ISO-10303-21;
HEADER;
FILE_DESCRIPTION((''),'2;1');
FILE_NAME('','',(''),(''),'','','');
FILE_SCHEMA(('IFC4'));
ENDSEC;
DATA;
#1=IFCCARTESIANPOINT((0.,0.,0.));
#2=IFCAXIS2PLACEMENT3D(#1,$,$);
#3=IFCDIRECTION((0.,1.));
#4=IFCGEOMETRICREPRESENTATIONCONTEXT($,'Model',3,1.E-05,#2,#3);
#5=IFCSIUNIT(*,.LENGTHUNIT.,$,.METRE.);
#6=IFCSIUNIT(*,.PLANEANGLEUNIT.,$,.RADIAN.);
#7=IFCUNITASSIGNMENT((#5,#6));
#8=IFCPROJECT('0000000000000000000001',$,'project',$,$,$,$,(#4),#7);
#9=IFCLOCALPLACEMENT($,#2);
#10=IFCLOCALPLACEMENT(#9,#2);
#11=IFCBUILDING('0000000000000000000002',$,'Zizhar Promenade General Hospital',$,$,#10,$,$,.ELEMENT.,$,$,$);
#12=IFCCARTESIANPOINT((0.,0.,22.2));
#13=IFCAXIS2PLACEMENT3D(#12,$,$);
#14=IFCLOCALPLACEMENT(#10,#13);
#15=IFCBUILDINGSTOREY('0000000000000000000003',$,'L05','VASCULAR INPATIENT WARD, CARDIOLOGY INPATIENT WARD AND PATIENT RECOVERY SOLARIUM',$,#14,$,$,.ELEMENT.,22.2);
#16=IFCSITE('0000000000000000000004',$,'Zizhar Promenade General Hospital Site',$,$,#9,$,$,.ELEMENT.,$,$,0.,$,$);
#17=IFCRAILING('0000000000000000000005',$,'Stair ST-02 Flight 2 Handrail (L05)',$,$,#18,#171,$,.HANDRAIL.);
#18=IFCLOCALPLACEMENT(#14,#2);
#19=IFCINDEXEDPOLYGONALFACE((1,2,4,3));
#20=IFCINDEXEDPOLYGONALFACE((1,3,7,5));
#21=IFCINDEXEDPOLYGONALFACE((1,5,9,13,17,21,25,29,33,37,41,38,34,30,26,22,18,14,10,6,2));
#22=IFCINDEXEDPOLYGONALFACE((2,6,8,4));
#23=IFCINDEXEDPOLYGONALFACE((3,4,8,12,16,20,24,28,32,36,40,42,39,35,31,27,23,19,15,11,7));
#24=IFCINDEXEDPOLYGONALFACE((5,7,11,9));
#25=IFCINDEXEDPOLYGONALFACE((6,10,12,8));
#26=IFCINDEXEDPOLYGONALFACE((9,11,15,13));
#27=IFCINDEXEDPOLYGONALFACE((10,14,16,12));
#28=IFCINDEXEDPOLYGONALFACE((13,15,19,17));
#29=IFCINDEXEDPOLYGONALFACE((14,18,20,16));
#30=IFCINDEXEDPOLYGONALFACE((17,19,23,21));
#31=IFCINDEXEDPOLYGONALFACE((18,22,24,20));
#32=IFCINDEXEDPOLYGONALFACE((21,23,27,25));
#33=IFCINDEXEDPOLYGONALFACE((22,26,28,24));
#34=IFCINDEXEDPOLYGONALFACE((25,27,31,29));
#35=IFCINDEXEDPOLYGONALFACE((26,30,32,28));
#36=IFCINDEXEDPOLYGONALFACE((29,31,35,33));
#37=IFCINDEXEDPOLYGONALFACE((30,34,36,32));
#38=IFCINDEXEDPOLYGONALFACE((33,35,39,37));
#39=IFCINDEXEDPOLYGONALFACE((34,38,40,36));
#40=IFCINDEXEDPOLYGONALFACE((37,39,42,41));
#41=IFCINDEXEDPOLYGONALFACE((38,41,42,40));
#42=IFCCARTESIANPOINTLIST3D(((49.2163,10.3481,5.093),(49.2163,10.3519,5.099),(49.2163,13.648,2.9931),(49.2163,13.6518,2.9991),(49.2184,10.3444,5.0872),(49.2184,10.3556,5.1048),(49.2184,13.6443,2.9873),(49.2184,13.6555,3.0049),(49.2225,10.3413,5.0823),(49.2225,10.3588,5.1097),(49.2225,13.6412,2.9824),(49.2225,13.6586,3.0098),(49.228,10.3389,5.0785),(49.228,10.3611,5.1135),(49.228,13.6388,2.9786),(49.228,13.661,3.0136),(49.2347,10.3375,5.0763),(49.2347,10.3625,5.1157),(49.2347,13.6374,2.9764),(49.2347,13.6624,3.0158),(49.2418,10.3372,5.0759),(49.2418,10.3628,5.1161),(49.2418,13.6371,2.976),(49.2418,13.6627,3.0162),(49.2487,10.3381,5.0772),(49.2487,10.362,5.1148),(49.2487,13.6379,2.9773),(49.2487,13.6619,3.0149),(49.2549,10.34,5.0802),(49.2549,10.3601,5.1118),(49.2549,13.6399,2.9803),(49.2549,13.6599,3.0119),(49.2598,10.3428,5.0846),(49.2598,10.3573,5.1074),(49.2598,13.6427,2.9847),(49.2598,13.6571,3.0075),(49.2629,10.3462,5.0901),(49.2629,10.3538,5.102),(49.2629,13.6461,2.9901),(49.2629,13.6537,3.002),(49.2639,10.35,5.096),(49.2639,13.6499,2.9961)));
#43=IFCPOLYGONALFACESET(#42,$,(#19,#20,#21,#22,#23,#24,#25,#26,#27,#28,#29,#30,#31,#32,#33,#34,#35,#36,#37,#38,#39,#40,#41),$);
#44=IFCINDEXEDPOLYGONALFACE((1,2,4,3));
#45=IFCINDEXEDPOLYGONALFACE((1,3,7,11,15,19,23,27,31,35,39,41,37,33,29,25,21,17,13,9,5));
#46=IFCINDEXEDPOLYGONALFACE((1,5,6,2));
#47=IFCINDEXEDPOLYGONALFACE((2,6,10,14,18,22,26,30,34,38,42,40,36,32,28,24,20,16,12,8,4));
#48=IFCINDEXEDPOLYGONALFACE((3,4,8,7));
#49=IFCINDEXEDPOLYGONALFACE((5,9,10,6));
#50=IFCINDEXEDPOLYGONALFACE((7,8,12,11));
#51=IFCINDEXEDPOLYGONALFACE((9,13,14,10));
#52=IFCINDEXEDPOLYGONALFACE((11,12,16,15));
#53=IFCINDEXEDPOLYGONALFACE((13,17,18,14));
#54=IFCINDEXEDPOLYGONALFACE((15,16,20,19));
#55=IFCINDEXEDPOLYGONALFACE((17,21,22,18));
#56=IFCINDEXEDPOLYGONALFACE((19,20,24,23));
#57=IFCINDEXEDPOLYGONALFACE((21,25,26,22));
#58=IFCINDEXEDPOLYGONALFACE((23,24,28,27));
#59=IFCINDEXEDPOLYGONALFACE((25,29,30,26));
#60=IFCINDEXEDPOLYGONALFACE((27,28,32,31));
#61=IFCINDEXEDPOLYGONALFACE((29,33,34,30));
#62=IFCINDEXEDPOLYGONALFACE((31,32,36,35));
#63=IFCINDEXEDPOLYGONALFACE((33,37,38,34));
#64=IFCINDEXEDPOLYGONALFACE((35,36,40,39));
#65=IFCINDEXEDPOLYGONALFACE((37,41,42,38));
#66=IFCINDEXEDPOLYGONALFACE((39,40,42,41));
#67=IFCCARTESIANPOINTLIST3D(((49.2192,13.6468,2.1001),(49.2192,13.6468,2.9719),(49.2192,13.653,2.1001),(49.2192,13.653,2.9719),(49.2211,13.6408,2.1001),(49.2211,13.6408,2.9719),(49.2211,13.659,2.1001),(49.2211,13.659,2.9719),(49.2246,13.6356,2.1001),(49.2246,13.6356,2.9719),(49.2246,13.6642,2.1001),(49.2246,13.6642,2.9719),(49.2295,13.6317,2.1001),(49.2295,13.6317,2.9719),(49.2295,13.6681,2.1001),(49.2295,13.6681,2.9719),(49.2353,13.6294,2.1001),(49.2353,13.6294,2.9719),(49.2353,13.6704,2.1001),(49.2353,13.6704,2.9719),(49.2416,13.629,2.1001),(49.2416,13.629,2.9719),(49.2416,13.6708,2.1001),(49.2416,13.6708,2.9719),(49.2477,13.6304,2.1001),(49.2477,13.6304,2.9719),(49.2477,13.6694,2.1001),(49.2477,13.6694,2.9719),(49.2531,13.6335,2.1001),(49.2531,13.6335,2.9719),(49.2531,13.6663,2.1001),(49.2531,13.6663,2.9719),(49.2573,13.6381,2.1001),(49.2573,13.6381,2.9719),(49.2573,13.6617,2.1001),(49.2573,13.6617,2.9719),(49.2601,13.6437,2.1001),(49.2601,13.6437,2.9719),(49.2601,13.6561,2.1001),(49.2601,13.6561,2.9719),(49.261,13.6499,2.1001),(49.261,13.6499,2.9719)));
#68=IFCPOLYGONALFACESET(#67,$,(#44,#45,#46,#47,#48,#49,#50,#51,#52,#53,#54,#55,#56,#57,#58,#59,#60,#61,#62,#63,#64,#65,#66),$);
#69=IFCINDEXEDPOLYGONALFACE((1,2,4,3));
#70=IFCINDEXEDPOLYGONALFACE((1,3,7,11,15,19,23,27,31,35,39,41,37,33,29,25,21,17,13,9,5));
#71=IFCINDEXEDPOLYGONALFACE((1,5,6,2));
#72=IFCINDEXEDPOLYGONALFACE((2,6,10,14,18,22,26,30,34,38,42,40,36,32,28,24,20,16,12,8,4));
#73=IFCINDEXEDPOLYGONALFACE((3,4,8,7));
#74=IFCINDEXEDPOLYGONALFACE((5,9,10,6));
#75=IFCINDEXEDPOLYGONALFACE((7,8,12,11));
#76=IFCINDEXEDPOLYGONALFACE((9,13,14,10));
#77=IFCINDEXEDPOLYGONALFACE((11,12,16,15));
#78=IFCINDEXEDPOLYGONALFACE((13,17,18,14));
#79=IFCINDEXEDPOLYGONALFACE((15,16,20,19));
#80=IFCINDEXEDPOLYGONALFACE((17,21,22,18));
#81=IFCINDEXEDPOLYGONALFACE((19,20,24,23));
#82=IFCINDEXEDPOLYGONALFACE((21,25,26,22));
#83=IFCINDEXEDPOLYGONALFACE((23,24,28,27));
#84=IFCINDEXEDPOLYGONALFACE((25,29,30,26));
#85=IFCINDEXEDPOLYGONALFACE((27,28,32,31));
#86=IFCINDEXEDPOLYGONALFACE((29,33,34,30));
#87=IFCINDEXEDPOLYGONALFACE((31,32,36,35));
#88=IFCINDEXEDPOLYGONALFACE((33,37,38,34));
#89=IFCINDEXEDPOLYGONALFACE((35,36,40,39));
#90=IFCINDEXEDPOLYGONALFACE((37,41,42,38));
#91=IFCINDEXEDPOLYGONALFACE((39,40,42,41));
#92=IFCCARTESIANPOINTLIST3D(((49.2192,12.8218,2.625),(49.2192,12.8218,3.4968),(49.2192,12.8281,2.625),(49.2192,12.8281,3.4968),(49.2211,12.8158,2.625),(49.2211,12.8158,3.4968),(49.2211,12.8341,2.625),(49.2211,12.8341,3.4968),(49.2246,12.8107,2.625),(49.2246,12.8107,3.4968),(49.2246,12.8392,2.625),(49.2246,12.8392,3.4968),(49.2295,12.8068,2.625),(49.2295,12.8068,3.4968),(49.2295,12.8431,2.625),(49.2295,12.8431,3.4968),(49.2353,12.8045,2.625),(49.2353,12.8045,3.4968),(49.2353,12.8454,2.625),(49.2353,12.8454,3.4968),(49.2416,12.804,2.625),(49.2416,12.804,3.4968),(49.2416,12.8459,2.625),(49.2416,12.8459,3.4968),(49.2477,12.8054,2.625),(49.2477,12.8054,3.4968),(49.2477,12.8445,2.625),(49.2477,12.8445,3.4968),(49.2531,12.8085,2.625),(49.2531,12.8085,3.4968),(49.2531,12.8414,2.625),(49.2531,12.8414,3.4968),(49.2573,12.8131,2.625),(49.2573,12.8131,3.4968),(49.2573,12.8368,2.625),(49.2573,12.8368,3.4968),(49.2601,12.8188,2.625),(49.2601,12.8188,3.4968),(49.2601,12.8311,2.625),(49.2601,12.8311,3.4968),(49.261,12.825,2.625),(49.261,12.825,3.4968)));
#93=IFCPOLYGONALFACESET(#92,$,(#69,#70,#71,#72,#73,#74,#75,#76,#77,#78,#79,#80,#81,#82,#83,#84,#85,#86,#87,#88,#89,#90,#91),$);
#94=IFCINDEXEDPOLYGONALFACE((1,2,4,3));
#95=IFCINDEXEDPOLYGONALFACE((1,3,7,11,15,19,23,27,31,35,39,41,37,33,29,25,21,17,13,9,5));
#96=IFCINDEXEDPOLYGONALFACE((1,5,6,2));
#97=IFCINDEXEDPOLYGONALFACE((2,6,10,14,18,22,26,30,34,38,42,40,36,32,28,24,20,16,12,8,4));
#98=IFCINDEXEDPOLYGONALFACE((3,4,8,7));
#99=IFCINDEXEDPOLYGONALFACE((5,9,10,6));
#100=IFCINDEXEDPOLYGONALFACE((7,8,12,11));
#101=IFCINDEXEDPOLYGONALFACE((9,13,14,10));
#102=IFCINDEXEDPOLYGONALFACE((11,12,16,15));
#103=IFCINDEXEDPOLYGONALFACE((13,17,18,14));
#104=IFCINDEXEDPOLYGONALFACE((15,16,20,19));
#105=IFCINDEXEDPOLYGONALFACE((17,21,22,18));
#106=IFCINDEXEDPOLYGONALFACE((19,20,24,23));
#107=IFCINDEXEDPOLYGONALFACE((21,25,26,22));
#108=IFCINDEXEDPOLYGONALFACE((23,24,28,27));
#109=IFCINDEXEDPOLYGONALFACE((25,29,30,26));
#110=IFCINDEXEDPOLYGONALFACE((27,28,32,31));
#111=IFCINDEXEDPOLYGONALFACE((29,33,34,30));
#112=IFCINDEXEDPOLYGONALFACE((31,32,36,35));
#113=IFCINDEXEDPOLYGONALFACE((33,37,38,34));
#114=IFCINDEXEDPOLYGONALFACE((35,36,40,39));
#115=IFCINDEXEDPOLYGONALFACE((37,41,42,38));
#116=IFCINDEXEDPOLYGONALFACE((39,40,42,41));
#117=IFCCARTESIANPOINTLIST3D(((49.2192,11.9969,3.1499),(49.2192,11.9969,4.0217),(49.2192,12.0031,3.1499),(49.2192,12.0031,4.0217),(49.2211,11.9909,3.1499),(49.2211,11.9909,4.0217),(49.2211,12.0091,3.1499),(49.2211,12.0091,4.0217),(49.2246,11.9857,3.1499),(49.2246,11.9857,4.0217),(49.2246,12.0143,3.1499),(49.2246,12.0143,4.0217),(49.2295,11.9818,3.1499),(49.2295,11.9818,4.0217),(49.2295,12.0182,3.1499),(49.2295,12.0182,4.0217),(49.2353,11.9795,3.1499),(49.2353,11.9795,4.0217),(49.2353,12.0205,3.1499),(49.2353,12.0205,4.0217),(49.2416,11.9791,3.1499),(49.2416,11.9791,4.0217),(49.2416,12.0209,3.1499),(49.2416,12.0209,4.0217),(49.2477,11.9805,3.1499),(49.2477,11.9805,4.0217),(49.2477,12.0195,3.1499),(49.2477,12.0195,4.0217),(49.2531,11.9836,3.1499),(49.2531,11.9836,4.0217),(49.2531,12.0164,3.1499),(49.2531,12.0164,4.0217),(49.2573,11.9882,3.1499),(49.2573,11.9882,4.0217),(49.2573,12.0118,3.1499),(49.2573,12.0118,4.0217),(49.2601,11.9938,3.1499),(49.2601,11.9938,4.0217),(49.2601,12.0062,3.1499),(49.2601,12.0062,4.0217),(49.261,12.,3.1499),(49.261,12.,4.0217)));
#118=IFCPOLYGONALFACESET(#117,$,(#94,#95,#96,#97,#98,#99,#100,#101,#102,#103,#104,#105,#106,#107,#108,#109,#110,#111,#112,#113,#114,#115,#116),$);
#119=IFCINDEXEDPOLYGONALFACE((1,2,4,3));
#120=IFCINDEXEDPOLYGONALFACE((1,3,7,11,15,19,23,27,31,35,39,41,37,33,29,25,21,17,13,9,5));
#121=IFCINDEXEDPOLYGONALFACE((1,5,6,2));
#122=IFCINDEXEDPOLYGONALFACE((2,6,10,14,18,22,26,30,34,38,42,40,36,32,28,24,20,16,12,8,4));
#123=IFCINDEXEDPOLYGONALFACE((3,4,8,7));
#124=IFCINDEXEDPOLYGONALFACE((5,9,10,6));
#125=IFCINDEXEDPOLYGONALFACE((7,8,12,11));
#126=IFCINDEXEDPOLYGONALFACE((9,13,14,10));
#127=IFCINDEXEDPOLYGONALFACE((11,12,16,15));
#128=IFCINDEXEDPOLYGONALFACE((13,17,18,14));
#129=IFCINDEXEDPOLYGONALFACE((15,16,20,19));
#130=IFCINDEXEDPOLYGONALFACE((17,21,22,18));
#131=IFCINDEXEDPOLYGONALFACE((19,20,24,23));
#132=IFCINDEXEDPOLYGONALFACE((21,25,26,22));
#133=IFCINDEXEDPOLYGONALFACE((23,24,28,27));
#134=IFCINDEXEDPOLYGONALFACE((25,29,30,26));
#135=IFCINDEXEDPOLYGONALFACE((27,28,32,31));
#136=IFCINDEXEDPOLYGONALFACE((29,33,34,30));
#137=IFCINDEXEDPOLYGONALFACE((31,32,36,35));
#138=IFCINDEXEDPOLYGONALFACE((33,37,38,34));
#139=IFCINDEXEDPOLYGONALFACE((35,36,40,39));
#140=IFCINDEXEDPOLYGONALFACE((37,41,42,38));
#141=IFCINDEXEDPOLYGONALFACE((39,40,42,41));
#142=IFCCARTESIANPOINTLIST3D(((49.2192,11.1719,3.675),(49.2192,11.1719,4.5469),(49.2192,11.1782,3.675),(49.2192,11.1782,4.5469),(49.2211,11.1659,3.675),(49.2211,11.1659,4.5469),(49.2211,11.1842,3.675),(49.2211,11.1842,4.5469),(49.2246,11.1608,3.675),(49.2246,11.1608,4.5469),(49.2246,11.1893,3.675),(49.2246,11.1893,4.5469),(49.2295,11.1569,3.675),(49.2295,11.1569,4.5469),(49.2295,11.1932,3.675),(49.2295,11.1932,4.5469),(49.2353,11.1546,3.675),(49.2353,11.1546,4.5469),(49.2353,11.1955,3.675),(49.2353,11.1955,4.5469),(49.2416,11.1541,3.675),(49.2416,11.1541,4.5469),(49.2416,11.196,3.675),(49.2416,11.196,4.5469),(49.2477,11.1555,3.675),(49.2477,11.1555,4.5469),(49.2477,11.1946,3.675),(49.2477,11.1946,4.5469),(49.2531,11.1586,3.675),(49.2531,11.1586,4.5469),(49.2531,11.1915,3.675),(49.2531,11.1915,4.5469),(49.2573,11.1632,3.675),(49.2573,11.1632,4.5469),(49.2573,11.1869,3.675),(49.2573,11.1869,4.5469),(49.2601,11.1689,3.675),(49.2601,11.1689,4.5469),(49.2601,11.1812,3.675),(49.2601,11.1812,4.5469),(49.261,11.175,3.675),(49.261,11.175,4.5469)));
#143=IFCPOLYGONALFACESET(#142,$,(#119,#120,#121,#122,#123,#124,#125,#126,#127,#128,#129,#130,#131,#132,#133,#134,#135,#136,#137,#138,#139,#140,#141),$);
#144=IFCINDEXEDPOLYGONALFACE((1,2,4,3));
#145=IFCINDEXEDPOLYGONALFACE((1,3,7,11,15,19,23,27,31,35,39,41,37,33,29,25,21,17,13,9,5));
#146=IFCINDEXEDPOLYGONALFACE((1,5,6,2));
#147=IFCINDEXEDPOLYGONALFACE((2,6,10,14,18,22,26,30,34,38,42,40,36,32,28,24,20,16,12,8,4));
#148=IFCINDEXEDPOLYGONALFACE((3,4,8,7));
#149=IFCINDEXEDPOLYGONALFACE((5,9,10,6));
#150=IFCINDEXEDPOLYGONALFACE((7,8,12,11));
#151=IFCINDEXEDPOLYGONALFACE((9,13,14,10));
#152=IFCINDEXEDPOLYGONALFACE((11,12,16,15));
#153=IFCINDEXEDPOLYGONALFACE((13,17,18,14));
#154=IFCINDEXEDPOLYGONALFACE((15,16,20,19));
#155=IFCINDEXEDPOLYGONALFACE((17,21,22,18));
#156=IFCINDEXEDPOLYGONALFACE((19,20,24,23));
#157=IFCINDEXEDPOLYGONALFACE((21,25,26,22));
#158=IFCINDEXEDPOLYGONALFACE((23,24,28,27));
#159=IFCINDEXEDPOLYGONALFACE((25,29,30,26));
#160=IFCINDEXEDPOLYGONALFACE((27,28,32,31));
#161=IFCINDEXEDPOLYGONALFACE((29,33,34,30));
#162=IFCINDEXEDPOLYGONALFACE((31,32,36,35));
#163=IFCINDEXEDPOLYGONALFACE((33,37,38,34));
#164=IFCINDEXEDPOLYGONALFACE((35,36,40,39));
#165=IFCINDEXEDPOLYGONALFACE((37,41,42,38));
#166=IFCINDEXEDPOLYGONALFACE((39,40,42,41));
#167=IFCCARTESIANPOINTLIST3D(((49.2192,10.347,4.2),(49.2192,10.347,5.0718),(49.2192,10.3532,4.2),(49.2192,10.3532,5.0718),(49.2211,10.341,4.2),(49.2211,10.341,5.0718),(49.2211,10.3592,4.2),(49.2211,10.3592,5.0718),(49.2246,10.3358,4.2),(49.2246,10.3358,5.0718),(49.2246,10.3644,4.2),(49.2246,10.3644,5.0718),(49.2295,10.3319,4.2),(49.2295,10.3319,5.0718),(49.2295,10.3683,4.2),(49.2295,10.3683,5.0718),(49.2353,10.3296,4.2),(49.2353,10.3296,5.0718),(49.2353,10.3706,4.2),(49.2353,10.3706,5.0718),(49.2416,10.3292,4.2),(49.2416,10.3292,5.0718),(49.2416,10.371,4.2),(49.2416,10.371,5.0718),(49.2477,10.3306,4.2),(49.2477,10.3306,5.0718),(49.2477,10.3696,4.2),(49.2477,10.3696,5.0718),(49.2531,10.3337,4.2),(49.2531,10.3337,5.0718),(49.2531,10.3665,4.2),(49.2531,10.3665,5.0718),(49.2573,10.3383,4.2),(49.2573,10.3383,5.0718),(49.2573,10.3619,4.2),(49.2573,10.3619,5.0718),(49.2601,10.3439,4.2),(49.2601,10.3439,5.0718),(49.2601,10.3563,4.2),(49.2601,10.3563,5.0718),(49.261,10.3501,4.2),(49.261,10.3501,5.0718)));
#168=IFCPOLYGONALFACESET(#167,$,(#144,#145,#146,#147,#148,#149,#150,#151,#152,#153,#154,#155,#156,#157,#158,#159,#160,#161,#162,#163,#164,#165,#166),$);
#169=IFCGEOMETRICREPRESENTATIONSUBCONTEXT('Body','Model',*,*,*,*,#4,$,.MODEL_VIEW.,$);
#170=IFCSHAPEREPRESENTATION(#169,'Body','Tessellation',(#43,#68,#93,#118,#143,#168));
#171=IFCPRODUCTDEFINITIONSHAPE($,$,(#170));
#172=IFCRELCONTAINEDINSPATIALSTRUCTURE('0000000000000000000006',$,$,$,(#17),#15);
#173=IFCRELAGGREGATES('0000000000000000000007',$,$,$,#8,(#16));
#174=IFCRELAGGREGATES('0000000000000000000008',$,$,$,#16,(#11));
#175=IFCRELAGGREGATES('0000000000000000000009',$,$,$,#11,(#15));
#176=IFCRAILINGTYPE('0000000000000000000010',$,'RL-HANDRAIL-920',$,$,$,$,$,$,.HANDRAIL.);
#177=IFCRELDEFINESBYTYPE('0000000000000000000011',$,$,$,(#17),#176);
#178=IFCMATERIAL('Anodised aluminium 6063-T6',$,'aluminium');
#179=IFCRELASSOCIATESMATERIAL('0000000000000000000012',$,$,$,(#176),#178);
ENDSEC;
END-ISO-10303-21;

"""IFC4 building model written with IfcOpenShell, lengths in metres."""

from ifc_helpers import new_model, si_unit, direction, frame, origin, origin_2d, place, context, subcontext, project, spatial, circle, hollow_circle, extrude, material, material_profile, profile_set, type_object, element, save


model = new_model("IFC4")

# Units and contexts
model_context = context("Model", 3, precision=1e-05, world=origin(), true_north=direction((0.0, 1.0)))
body_context = subcontext(model_context, "Body", "Model", "MODEL_VIEW")
ifc_project = project(units=[si_unit("LENGTHUNIT", "METRE"), si_unit("PLANEANGLEUNIT", "RADIAN")], contexts=[model_context])

# Site, building, storey
site_placement = place(None, origin())
site = spatial("IfcSite", under=ifc_project, at=site_placement, Name="Zizhar Promenade General Hospital Site", CompositionType="ELEMENT", RefElevation=0.0)
building_placement = place(site_placement, origin())
building = spatial("IfcBuilding", under=site, at=building_placement, Name="Zizhar Promenade General Hospital", CompositionType="ELEMENT")
storey_placement = place(building_placement, frame((0.0, 0.0, 22.2)))
storey = spatial("IfcBuildingStorey", under=building, at=storey_placement, Name="L05", Description="VASCULAR INPATIENT WARD, CARDIOLOGY INPATIENT WARD AND PATIENT RECOVERY SOLARIUM", CompositionType="ELEMENT", Elevation=22.2)

# Railing
ifc_material_1 = material(Name="Anodised aluminium 6063-T6", Category="aluminium")
ifc_material_profile_1 = material_profile(ifc_material_1, hollow_circle(Radius=0.0698, WallThickness=0.0063, at=origin_2d()))
ifc_profile_set_1 = profile_set([ifc_material_profile_1], Name="Anodised aluminium 6063-T6")
railing_type_1 = type_object("IfcRailingType", Name="RL-HANDRAIL-920", PredefinedType="HANDRAIL", material=ifc_profile_set_1)
railing_1_placement = place(storey_placement, frame((49.24, 13.6499, 2.1001)))
element("IfcRailing", 1, at=railing_1_placement, inside=storey, type_object=railing_type_1, Name="Stair ST-02 Flight 2 Handrail (L05)", PredefinedType="HANDRAIL", context=body_context, shape_type="SweptSolid", body=[
    extrude(circle(Radius=0.0239, at=origin_2d()), frame((0.0, 0.0, 0.896), z_axis=(0.0, -0.843664, 0.536871), x_axis=(1.0, 0.0, 0.0)), (0.0, 0.0, 1.0), 3.9114),
    extrude(circle(Radius=0.021, at=origin_2d()), origin(), (0.0, 0.0, 1.0), 0.8718),
    extrude(circle(Radius=0.021, at=origin_2d()), frame((0.0, -0.825, 0.5249)), (0.0, 0.0, 1.0), 0.8718),
    extrude(circle(Radius=0.021, at=origin_2d()), frame((0.0, -1.6499, 1.0498)), (0.0, 0.0, 1.0), 0.8718),
    extrude(circle(Radius=0.021, at=origin_2d()), frame((0.0, -2.4749, 1.575)), (0.0, 0.0, 1.0), 0.8718),
    extrude(circle(Radius=0.021, at=origin_2d()), frame((0.0, -3.2998, 2.0999)), (0.0, 0.0, 1.0), 0.8718),
])

save(model, "model.ifc")
